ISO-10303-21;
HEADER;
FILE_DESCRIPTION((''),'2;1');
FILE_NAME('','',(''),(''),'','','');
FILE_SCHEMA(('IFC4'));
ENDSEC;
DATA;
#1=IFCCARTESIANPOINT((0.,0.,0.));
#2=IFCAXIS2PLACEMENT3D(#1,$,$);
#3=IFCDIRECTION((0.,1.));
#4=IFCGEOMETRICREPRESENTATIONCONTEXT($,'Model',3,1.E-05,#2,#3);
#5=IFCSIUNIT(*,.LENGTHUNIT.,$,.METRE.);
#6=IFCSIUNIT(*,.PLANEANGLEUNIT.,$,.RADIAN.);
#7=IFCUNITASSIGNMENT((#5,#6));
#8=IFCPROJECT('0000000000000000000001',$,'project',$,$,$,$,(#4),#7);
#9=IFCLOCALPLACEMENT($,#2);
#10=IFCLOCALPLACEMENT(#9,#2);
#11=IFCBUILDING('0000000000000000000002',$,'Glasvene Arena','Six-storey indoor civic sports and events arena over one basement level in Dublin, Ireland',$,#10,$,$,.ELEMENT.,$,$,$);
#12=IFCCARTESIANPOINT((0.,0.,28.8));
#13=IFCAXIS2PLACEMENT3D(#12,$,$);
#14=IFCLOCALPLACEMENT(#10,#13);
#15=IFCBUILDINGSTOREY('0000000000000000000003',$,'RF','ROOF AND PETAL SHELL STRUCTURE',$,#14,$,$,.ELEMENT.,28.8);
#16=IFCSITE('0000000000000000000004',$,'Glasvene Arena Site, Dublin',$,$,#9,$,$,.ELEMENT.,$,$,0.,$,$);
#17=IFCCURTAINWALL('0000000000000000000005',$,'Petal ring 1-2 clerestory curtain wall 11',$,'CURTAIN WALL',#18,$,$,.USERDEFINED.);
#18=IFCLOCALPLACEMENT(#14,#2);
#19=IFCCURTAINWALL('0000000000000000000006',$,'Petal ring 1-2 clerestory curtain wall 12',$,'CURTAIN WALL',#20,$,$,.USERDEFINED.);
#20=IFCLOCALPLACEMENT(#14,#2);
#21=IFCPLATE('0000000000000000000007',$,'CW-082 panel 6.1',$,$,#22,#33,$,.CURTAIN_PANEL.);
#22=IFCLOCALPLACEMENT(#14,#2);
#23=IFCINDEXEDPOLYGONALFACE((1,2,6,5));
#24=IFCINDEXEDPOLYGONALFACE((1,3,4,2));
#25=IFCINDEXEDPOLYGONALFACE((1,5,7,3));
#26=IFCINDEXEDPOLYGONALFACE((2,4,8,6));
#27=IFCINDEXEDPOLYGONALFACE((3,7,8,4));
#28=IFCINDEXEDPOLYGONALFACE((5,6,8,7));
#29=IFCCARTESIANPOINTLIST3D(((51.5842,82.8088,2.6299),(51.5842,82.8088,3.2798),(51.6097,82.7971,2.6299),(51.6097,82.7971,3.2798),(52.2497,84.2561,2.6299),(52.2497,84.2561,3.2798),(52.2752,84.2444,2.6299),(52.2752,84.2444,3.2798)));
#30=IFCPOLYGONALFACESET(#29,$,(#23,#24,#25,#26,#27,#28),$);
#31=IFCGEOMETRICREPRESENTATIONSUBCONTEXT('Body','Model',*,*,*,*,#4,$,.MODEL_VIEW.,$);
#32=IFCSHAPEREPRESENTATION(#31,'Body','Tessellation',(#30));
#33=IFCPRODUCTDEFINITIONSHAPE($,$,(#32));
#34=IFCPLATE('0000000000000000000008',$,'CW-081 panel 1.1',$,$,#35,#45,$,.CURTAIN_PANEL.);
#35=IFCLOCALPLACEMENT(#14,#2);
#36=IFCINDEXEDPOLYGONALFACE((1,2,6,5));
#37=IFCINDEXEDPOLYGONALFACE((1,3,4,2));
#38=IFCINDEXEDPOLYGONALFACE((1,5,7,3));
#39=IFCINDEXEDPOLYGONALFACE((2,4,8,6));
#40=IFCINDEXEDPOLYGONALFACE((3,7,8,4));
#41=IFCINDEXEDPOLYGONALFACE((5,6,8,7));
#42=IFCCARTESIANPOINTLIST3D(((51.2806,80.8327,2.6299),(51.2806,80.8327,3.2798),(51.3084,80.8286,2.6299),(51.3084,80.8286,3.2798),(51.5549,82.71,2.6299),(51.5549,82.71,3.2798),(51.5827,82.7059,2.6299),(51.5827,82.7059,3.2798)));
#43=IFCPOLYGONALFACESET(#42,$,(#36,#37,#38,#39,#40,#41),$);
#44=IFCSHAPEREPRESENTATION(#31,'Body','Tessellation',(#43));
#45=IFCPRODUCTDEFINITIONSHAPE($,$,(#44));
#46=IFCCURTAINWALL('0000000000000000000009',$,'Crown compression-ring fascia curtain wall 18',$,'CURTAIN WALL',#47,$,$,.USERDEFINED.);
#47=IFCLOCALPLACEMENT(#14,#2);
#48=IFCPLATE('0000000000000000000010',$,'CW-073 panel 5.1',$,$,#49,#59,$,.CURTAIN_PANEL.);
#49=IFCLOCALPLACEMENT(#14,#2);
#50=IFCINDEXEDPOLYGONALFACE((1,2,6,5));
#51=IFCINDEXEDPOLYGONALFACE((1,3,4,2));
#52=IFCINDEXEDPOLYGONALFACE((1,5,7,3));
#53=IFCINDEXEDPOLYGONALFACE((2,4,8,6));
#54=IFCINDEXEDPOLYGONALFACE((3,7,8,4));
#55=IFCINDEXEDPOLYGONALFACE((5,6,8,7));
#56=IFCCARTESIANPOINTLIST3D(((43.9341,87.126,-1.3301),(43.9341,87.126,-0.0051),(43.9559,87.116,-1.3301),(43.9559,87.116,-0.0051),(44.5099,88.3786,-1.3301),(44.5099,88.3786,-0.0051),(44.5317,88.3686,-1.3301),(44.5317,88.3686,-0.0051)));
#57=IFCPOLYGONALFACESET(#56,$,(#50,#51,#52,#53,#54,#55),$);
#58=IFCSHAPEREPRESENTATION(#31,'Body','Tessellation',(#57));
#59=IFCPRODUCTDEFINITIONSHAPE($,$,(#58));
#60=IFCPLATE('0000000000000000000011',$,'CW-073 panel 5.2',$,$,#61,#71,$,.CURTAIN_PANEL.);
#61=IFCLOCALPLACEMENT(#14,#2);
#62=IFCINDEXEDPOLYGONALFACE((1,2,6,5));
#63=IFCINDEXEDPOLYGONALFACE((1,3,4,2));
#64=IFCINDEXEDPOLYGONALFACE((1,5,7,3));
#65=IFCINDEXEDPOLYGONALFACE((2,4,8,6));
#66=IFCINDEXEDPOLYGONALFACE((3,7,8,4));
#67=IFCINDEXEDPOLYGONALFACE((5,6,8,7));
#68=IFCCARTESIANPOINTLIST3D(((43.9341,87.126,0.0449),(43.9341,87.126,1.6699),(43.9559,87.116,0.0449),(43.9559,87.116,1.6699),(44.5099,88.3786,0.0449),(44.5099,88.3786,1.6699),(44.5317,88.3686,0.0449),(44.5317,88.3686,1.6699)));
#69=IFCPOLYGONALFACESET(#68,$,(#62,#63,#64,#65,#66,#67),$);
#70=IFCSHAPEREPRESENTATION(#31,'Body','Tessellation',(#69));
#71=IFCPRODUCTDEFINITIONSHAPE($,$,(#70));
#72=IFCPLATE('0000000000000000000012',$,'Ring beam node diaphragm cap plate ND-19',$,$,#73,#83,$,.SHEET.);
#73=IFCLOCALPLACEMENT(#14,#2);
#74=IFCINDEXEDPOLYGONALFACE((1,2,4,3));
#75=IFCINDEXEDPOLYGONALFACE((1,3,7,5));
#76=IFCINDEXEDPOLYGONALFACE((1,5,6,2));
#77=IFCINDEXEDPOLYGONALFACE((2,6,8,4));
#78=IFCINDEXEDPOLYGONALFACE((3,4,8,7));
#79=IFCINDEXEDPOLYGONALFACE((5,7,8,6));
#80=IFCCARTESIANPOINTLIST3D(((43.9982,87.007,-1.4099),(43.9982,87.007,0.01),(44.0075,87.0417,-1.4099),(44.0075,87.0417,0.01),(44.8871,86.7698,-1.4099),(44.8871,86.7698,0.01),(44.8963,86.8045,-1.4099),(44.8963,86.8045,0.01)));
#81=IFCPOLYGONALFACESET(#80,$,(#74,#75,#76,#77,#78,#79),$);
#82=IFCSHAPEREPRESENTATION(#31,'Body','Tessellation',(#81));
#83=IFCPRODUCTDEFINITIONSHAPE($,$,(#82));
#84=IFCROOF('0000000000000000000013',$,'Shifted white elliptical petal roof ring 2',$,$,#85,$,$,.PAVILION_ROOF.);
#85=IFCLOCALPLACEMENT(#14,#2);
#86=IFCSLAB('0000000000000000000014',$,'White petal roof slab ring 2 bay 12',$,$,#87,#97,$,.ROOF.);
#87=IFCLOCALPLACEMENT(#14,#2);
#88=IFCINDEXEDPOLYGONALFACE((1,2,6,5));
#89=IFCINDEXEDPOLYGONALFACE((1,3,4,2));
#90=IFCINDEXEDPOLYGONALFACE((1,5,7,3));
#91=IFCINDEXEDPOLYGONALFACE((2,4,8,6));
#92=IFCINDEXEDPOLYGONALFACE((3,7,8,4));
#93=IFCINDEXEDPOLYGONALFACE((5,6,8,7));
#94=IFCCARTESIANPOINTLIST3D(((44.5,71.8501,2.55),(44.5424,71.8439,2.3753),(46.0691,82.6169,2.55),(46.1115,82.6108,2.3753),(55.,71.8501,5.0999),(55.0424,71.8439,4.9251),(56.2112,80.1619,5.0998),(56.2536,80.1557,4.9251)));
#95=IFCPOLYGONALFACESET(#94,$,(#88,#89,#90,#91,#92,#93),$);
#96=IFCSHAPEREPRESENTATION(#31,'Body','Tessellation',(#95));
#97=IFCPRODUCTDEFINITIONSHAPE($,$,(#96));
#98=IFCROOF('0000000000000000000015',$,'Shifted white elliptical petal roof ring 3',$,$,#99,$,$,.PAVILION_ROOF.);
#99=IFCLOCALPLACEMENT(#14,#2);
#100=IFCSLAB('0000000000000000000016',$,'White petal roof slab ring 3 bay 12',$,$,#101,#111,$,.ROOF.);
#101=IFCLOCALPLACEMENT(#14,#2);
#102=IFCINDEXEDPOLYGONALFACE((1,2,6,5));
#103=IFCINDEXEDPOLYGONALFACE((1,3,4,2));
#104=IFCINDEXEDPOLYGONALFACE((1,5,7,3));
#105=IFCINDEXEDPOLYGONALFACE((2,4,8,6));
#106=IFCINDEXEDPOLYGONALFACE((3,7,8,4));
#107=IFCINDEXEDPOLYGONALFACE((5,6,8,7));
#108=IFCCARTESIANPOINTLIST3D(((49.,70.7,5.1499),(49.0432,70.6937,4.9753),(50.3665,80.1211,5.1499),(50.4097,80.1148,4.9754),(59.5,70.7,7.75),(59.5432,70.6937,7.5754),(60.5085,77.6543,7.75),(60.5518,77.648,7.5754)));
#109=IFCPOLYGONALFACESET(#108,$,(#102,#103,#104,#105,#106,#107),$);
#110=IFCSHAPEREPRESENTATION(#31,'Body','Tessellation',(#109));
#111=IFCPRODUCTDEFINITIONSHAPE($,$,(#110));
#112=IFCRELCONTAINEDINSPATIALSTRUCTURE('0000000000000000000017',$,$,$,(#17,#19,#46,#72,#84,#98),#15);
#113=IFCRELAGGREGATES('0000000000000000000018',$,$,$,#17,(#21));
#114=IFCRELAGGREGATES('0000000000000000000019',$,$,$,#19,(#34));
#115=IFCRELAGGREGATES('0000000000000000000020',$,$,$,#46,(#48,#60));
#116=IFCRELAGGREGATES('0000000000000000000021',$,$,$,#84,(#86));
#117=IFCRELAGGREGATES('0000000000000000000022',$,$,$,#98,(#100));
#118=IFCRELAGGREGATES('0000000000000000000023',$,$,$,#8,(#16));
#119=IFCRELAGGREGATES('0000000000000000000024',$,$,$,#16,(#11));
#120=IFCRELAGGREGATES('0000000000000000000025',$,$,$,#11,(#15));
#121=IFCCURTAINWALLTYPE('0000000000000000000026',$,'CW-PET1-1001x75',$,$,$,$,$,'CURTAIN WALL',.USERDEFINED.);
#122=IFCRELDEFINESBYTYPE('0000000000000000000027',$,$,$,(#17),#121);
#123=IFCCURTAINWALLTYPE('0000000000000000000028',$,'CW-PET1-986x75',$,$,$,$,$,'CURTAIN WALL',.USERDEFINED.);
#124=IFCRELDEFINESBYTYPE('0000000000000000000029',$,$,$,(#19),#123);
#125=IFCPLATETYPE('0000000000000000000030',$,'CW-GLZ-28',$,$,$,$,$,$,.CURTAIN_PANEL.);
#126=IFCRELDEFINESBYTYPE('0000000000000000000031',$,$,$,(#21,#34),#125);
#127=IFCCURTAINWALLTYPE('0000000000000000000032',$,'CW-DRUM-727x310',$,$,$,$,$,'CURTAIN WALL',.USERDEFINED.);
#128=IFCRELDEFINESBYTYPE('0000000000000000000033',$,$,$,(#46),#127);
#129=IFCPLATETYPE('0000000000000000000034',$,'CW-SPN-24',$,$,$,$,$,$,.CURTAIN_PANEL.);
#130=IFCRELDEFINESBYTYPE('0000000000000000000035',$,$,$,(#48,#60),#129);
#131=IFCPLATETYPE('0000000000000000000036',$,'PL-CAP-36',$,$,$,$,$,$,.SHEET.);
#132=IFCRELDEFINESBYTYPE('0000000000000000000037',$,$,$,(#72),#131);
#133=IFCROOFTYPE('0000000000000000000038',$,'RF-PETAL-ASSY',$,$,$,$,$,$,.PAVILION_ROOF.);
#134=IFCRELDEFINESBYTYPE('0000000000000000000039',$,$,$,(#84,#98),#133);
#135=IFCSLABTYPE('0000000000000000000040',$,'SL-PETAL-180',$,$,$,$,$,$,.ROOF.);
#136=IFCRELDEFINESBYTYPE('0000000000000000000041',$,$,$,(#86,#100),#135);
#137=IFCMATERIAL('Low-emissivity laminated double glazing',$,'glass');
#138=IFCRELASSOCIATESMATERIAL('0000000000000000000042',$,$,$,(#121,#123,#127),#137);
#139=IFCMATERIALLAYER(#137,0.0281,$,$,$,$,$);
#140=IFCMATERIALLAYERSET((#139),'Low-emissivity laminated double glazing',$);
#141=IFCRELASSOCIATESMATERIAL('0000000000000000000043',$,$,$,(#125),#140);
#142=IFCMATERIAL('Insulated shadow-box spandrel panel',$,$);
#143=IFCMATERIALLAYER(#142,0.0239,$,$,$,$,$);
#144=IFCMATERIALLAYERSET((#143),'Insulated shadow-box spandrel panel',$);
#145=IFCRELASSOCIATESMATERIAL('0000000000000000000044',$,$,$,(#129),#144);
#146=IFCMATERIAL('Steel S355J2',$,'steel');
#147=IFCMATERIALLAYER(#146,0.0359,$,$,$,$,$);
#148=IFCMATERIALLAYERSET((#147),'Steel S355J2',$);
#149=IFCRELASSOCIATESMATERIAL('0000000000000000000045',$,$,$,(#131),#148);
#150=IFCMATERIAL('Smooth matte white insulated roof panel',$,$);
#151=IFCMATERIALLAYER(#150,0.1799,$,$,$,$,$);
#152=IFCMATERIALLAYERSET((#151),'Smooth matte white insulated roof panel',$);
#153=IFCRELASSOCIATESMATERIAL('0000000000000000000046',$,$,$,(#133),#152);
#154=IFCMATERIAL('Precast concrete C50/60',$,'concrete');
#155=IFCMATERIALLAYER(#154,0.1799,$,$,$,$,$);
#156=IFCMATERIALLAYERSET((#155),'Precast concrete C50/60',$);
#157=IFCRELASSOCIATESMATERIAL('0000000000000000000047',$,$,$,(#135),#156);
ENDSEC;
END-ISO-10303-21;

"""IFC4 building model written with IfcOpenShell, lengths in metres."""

from ifc_helpers import new_model, si_unit, direction, frame, origin, origin_2d, place, context, subcontext, project, spatial, polyline, rectangle, outline, extrude, material, layer, layer_set, type_object, element, aggregate, save


model = new_model("IFC4")

# Units and contexts
model_context = context("Model", 3, precision=1e-05, world=origin(), true_north=direction((0.0, 1.0)))
body_context = subcontext(model_context, "Body", "Model", "MODEL_VIEW")
ifc_project = project(units=[si_unit("LENGTHUNIT", "METRE"), si_unit("PLANEANGLEUNIT", "RADIAN")], contexts=[model_context])

# Site, building, storey
site_placement = place(None, origin())
site = spatial("IfcSite", under=ifc_project, at=site_placement, Name="Glasvene Arena Site, Dublin", CompositionType="ELEMENT", RefElevation=0.0)
building_placement = place(site_placement, origin())
building = spatial("IfcBuilding", under=site, at=building_placement, Name="Glasvene Arena", Description="Six-storey indoor civic sports and events arena over one basement level in Dublin, Ireland", CompositionType="ELEMENT")
storey_placement = place(building_placement, frame((0.0, 0.0, 28.8)))
storey = spatial("IfcBuildingStorey", under=building, at=storey_placement, Name="RF", Description="ROOF AND PETAL SHELL STRUCTURE", CompositionType="ELEMENT", Elevation=28.8)

# Shared definitions
ifc_material_1 = material(Name="Steel S355J2", Category="steel")

# Curtain walls
ifc_material_2 = material(Name="Low-emissivity laminated double glazing", Category="glass")
curtain_wall_type_1 = type_object("IfcCurtainWallType", Name="CW-PET1-1001x75", ElementType="CURTAIN WALL", PredefinedType="USERDEFINED", material=ifc_material_2)
curtain_wall_1_placement = place(storey_placement, frame((55.7568, 91.8501, 0.0)))
curtain_wall_1 = element("IfcCurtainWall", 1, at=curtain_wall_1_placement, inside=storey, type_object=curtain_wall_type_1, Name="Petal ring 1-2 clerestory curtain wall 11", ObjectType="CURTAIN WALL", PredefinedType="USERDEFINED")
curtain_wall_type_2 = type_object("IfcCurtainWallType", Name="CW-PET1-986x75", ElementType="CURTAIN WALL", PredefinedType="USERDEFINED", material=ifc_material_2)
curtain_wall_2_placement = place(storey_placement, frame((51.5759, 82.7576, 0.0)))
curtain_wall_2 = element("IfcCurtainWall", 2, at=curtain_wall_2_placement, inside=storey, type_object=curtain_wall_type_2, Name="Petal ring 1-2 clerestory curtain wall 12", ObjectType="CURTAIN WALL", PredefinedType="USERDEFINED")

# Plates
ifc_layer_1 = layer(ifc_material_2, 0.0281)
ifc_layer_set_1 = layer_set([ifc_layer_1], Name="Low-emissivity laminated double glazing")
plate_type_1 = type_object("IfcPlateType", Name="CW-GLZ-28", PredefinedType="CURTAIN_PANEL", material=ifc_layer_set_1)
plate_1_placement = place(storey_placement, frame((51.9297, 83.5266, 2.6299), z_axis=(0.0, 0.0, 1.0), x_axis=(-0.417761, -0.908557, 0.0)))
plate_1 = element("IfcPlate", 3, at=plate_1_placement, type_object=plate_type_1, Name="CW-082 panel 6.1", PredefinedType="CURTAIN_PANEL", context=body_context, shape_type="SweptSolid", body=[
    extrude(rectangle(XDim=1.593, YDim=0.0281, at=origin_2d()), origin(), (0.0, 0.0, 1.0), 0.6499),
])
aggregate(curtain_wall_1, [plate_1])
plate_2_placement = place(storey_placement, frame((51.4316, 81.7693, 2.6299), z_axis=(0.0, 0.0, 1.0), x_axis=(-0.144608, -0.989489, 0.0)))
plate_2 = element("IfcPlate", 4, at=plate_2_placement, type_object=plate_type_1, Name="CW-081 panel 1.1", PredefinedType="CURTAIN_PANEL", context=body_context, shape_type="SweptSolid", body=[
    extrude(rectangle(XDim=1.8972, YDim=0.0281, at=origin_2d()), origin(), (0.0, 0.0, 1.0), 0.6499),
])
aggregate(curtain_wall_2, [plate_2])

# Curtain wall, plates
curtain_wall_type_3 = type_object("IfcCurtainWallType", Name="CW-DRUM-727x310", ElementType="CURTAIN WALL", PredefinedType="USERDEFINED", material=ifc_material_2)
curtain_wall_3_placement = place(storey_placement, frame((46.9597, 93.6792, 0.0)))
curtain_wall_3 = element("IfcCurtainWall", 5, at=curtain_wall_3_placement, inside=storey, type_object=curtain_wall_type_3, Name="Crown compression-ring fascia curtain wall 18", ObjectType="CURTAIN WALL", PredefinedType="USERDEFINED")
ifc_material_3 = material(Name="Insulated shadow-box spandrel panel")
ifc_layer_2 = layer(ifc_material_3, 0.0239)
ifc_layer_set_2 = layer_set([ifc_layer_2], Name="Insulated shadow-box spandrel panel")
plate_type_2 = type_object("IfcPlateType", Name="CW-SPN-24", PredefinedType="CURTAIN_PANEL", material=ifc_layer_set_2)
plate_3_placement = place(storey_placement, frame((44.2329, 87.7473, -1.3301), z_axis=(0.0, 0.0, 1.0), x_axis=(-0.417661, -0.908603, 0.0)))
plate_3 = element("IfcPlate", 6, at=plate_3_placement, type_object=plate_type_2, Name="CW-073 panel 5.1", PredefinedType="CURTAIN_PANEL", context=body_context, shape_type="SweptSolid", body=[
    extrude(rectangle(XDim=1.3787, YDim=0.0239, at=origin_2d()), origin(), (0.0, 0.0, 1.0), 1.325),
])
plate_4_placement = place(storey_placement, frame((44.2329, 87.7473, 0.0449), z_axis=(0.0, 0.0, 1.0), x_axis=(-0.417661, -0.908603, 0.0)))
plate_4 = element("IfcPlate", 7, at=plate_4_placement, type_object=plate_type_2, Name="CW-073 panel 5.2", PredefinedType="CURTAIN_PANEL", context=body_context, shape_type="SweptSolid", body=[
    extrude(rectangle(XDim=1.3787, YDim=0.0239, at=origin_2d()), origin(), (0.0, 0.0, 1.0), 1.625),
])
aggregate(curtain_wall_3, [plate_3, plate_4])

# Plate
ifc_layer_3 = layer(ifc_material_1, 0.0359)
ifc_layer_set_3 = layer_set([ifc_layer_3], Name="Steel S355J2")
plate_type_3 = type_object("IfcPlateType", Name="PL-CAP-36", PredefinedType="SHEET", material=ifc_layer_set_3)
plate_5_placement = place(storey_placement, frame((44.4473, 86.9058, -1.4099), z_axis=(0.0, 0.0, 1.0), x_axis=(-0.257807, -0.966196, 0.0)))
element("IfcPlate", 8, at=plate_5_placement, inside=storey, type_object=plate_type_3, Name="Ring beam node diaphragm cap plate ND-19", PredefinedType="SHEET", context=body_context, shape_type="SweptSolid", body=[
    extrude(rectangle(XDim=0.0359, YDim=0.9199, at=origin_2d()), origin(), (0.0, 0.0, 1.0), 1.4199),
])

# Roofs, slabs
ifc_material_4 = material(Name="Smooth matte white insulated roof panel")
ifc_layer_4 = layer(ifc_material_4, 0.1799)
ifc_layer_set_4 = layer_set([ifc_layer_4], Name="Smooth matte white insulated roof panel")
roof_type = type_object("IfcRoofType", Name="RF-PETAL-ASSY", PredefinedType="PAVILION_ROOF", material=ifc_layer_set_4)
roof_1_placement = place(storey_placement, frame((90.55, 71.8501, 2.55)))
roof_1 = element("IfcRoof", 9, at=roof_1_placement, inside=storey, type_object=roof_type, Name="Shifted white elliptical petal roof ring 2", PredefinedType="PAVILION_ROOF")
ifc_material_5 = material(Name="Precast concrete C50/60", Category="concrete")
ifc_layer_5 = layer(ifc_material_5, 0.1799)
ifc_layer_set_5 = layer_set([ifc_layer_5], Name="Precast concrete C50/60")
slab_type = type_object("IfcSlabType", Name="SL-PETAL-180", PredefinedType="ROOF", material=ifc_layer_set_5)
slab_1_placement = place(storey_placement, frame((46.0691, 82.6169, 2.55), z_axis=(-0.235842, 0.034369, 0.971183), x_axis=(-0.14421, -0.989547, -0.000001)))
slab_1 = element("IfcSlab", 10, at=slab_1_placement, type_object=slab_type, Name="White petal roof slab ring 2 bay 12", PredefinedType="ROOF", context=body_context, shape_type="SweptSolid", body=[
    extrude(outline(polyline([(0.0, 0.0), (10.8806, 0.0), (9.3664, 10.6985), (0.9668, 10.6984), (0.0, 0.0)])), origin(), (0.0, 0.0, -1.0), 0.1799),
])
aggregate(roof_1, [slab_1])
roof_2_placement = place(storey_placement, frame((89.1001, 70.7, 5.1499)))
roof_2 = element("IfcRoof", 11, at=roof_2_placement, inside=storey, type_object=roof_type, Name="Shifted white elliptical petal roof ring 3", PredefinedType="PAVILION_ROOF")
slab_2_placement = place(storey_placement, frame((50.3665, 80.1211, 5.1499), z_axis=(-0.240224, 0.034841, 0.970092), x_axis=(-0.143539, -0.989645, -0.000002)))
slab_2 = element("IfcSlab", 12, at=slab_2_placement, type_object=slab_type, Name="White petal roof slab ring 3 bay 12", PredefinedType="ROOF", context=body_context, shape_type="SweptSolid", body=[
    extrude(outline(polyline([(0.0, 0.0), (9.5197, 0.0), (8.0126, 10.7116), (0.9855, 10.7115), (0.0, 0.0)])), origin(), (0.0, 0.0, -1.0), 0.1799),
])
aggregate(roof_2, [slab_2])

save(model, "model.ifc")
